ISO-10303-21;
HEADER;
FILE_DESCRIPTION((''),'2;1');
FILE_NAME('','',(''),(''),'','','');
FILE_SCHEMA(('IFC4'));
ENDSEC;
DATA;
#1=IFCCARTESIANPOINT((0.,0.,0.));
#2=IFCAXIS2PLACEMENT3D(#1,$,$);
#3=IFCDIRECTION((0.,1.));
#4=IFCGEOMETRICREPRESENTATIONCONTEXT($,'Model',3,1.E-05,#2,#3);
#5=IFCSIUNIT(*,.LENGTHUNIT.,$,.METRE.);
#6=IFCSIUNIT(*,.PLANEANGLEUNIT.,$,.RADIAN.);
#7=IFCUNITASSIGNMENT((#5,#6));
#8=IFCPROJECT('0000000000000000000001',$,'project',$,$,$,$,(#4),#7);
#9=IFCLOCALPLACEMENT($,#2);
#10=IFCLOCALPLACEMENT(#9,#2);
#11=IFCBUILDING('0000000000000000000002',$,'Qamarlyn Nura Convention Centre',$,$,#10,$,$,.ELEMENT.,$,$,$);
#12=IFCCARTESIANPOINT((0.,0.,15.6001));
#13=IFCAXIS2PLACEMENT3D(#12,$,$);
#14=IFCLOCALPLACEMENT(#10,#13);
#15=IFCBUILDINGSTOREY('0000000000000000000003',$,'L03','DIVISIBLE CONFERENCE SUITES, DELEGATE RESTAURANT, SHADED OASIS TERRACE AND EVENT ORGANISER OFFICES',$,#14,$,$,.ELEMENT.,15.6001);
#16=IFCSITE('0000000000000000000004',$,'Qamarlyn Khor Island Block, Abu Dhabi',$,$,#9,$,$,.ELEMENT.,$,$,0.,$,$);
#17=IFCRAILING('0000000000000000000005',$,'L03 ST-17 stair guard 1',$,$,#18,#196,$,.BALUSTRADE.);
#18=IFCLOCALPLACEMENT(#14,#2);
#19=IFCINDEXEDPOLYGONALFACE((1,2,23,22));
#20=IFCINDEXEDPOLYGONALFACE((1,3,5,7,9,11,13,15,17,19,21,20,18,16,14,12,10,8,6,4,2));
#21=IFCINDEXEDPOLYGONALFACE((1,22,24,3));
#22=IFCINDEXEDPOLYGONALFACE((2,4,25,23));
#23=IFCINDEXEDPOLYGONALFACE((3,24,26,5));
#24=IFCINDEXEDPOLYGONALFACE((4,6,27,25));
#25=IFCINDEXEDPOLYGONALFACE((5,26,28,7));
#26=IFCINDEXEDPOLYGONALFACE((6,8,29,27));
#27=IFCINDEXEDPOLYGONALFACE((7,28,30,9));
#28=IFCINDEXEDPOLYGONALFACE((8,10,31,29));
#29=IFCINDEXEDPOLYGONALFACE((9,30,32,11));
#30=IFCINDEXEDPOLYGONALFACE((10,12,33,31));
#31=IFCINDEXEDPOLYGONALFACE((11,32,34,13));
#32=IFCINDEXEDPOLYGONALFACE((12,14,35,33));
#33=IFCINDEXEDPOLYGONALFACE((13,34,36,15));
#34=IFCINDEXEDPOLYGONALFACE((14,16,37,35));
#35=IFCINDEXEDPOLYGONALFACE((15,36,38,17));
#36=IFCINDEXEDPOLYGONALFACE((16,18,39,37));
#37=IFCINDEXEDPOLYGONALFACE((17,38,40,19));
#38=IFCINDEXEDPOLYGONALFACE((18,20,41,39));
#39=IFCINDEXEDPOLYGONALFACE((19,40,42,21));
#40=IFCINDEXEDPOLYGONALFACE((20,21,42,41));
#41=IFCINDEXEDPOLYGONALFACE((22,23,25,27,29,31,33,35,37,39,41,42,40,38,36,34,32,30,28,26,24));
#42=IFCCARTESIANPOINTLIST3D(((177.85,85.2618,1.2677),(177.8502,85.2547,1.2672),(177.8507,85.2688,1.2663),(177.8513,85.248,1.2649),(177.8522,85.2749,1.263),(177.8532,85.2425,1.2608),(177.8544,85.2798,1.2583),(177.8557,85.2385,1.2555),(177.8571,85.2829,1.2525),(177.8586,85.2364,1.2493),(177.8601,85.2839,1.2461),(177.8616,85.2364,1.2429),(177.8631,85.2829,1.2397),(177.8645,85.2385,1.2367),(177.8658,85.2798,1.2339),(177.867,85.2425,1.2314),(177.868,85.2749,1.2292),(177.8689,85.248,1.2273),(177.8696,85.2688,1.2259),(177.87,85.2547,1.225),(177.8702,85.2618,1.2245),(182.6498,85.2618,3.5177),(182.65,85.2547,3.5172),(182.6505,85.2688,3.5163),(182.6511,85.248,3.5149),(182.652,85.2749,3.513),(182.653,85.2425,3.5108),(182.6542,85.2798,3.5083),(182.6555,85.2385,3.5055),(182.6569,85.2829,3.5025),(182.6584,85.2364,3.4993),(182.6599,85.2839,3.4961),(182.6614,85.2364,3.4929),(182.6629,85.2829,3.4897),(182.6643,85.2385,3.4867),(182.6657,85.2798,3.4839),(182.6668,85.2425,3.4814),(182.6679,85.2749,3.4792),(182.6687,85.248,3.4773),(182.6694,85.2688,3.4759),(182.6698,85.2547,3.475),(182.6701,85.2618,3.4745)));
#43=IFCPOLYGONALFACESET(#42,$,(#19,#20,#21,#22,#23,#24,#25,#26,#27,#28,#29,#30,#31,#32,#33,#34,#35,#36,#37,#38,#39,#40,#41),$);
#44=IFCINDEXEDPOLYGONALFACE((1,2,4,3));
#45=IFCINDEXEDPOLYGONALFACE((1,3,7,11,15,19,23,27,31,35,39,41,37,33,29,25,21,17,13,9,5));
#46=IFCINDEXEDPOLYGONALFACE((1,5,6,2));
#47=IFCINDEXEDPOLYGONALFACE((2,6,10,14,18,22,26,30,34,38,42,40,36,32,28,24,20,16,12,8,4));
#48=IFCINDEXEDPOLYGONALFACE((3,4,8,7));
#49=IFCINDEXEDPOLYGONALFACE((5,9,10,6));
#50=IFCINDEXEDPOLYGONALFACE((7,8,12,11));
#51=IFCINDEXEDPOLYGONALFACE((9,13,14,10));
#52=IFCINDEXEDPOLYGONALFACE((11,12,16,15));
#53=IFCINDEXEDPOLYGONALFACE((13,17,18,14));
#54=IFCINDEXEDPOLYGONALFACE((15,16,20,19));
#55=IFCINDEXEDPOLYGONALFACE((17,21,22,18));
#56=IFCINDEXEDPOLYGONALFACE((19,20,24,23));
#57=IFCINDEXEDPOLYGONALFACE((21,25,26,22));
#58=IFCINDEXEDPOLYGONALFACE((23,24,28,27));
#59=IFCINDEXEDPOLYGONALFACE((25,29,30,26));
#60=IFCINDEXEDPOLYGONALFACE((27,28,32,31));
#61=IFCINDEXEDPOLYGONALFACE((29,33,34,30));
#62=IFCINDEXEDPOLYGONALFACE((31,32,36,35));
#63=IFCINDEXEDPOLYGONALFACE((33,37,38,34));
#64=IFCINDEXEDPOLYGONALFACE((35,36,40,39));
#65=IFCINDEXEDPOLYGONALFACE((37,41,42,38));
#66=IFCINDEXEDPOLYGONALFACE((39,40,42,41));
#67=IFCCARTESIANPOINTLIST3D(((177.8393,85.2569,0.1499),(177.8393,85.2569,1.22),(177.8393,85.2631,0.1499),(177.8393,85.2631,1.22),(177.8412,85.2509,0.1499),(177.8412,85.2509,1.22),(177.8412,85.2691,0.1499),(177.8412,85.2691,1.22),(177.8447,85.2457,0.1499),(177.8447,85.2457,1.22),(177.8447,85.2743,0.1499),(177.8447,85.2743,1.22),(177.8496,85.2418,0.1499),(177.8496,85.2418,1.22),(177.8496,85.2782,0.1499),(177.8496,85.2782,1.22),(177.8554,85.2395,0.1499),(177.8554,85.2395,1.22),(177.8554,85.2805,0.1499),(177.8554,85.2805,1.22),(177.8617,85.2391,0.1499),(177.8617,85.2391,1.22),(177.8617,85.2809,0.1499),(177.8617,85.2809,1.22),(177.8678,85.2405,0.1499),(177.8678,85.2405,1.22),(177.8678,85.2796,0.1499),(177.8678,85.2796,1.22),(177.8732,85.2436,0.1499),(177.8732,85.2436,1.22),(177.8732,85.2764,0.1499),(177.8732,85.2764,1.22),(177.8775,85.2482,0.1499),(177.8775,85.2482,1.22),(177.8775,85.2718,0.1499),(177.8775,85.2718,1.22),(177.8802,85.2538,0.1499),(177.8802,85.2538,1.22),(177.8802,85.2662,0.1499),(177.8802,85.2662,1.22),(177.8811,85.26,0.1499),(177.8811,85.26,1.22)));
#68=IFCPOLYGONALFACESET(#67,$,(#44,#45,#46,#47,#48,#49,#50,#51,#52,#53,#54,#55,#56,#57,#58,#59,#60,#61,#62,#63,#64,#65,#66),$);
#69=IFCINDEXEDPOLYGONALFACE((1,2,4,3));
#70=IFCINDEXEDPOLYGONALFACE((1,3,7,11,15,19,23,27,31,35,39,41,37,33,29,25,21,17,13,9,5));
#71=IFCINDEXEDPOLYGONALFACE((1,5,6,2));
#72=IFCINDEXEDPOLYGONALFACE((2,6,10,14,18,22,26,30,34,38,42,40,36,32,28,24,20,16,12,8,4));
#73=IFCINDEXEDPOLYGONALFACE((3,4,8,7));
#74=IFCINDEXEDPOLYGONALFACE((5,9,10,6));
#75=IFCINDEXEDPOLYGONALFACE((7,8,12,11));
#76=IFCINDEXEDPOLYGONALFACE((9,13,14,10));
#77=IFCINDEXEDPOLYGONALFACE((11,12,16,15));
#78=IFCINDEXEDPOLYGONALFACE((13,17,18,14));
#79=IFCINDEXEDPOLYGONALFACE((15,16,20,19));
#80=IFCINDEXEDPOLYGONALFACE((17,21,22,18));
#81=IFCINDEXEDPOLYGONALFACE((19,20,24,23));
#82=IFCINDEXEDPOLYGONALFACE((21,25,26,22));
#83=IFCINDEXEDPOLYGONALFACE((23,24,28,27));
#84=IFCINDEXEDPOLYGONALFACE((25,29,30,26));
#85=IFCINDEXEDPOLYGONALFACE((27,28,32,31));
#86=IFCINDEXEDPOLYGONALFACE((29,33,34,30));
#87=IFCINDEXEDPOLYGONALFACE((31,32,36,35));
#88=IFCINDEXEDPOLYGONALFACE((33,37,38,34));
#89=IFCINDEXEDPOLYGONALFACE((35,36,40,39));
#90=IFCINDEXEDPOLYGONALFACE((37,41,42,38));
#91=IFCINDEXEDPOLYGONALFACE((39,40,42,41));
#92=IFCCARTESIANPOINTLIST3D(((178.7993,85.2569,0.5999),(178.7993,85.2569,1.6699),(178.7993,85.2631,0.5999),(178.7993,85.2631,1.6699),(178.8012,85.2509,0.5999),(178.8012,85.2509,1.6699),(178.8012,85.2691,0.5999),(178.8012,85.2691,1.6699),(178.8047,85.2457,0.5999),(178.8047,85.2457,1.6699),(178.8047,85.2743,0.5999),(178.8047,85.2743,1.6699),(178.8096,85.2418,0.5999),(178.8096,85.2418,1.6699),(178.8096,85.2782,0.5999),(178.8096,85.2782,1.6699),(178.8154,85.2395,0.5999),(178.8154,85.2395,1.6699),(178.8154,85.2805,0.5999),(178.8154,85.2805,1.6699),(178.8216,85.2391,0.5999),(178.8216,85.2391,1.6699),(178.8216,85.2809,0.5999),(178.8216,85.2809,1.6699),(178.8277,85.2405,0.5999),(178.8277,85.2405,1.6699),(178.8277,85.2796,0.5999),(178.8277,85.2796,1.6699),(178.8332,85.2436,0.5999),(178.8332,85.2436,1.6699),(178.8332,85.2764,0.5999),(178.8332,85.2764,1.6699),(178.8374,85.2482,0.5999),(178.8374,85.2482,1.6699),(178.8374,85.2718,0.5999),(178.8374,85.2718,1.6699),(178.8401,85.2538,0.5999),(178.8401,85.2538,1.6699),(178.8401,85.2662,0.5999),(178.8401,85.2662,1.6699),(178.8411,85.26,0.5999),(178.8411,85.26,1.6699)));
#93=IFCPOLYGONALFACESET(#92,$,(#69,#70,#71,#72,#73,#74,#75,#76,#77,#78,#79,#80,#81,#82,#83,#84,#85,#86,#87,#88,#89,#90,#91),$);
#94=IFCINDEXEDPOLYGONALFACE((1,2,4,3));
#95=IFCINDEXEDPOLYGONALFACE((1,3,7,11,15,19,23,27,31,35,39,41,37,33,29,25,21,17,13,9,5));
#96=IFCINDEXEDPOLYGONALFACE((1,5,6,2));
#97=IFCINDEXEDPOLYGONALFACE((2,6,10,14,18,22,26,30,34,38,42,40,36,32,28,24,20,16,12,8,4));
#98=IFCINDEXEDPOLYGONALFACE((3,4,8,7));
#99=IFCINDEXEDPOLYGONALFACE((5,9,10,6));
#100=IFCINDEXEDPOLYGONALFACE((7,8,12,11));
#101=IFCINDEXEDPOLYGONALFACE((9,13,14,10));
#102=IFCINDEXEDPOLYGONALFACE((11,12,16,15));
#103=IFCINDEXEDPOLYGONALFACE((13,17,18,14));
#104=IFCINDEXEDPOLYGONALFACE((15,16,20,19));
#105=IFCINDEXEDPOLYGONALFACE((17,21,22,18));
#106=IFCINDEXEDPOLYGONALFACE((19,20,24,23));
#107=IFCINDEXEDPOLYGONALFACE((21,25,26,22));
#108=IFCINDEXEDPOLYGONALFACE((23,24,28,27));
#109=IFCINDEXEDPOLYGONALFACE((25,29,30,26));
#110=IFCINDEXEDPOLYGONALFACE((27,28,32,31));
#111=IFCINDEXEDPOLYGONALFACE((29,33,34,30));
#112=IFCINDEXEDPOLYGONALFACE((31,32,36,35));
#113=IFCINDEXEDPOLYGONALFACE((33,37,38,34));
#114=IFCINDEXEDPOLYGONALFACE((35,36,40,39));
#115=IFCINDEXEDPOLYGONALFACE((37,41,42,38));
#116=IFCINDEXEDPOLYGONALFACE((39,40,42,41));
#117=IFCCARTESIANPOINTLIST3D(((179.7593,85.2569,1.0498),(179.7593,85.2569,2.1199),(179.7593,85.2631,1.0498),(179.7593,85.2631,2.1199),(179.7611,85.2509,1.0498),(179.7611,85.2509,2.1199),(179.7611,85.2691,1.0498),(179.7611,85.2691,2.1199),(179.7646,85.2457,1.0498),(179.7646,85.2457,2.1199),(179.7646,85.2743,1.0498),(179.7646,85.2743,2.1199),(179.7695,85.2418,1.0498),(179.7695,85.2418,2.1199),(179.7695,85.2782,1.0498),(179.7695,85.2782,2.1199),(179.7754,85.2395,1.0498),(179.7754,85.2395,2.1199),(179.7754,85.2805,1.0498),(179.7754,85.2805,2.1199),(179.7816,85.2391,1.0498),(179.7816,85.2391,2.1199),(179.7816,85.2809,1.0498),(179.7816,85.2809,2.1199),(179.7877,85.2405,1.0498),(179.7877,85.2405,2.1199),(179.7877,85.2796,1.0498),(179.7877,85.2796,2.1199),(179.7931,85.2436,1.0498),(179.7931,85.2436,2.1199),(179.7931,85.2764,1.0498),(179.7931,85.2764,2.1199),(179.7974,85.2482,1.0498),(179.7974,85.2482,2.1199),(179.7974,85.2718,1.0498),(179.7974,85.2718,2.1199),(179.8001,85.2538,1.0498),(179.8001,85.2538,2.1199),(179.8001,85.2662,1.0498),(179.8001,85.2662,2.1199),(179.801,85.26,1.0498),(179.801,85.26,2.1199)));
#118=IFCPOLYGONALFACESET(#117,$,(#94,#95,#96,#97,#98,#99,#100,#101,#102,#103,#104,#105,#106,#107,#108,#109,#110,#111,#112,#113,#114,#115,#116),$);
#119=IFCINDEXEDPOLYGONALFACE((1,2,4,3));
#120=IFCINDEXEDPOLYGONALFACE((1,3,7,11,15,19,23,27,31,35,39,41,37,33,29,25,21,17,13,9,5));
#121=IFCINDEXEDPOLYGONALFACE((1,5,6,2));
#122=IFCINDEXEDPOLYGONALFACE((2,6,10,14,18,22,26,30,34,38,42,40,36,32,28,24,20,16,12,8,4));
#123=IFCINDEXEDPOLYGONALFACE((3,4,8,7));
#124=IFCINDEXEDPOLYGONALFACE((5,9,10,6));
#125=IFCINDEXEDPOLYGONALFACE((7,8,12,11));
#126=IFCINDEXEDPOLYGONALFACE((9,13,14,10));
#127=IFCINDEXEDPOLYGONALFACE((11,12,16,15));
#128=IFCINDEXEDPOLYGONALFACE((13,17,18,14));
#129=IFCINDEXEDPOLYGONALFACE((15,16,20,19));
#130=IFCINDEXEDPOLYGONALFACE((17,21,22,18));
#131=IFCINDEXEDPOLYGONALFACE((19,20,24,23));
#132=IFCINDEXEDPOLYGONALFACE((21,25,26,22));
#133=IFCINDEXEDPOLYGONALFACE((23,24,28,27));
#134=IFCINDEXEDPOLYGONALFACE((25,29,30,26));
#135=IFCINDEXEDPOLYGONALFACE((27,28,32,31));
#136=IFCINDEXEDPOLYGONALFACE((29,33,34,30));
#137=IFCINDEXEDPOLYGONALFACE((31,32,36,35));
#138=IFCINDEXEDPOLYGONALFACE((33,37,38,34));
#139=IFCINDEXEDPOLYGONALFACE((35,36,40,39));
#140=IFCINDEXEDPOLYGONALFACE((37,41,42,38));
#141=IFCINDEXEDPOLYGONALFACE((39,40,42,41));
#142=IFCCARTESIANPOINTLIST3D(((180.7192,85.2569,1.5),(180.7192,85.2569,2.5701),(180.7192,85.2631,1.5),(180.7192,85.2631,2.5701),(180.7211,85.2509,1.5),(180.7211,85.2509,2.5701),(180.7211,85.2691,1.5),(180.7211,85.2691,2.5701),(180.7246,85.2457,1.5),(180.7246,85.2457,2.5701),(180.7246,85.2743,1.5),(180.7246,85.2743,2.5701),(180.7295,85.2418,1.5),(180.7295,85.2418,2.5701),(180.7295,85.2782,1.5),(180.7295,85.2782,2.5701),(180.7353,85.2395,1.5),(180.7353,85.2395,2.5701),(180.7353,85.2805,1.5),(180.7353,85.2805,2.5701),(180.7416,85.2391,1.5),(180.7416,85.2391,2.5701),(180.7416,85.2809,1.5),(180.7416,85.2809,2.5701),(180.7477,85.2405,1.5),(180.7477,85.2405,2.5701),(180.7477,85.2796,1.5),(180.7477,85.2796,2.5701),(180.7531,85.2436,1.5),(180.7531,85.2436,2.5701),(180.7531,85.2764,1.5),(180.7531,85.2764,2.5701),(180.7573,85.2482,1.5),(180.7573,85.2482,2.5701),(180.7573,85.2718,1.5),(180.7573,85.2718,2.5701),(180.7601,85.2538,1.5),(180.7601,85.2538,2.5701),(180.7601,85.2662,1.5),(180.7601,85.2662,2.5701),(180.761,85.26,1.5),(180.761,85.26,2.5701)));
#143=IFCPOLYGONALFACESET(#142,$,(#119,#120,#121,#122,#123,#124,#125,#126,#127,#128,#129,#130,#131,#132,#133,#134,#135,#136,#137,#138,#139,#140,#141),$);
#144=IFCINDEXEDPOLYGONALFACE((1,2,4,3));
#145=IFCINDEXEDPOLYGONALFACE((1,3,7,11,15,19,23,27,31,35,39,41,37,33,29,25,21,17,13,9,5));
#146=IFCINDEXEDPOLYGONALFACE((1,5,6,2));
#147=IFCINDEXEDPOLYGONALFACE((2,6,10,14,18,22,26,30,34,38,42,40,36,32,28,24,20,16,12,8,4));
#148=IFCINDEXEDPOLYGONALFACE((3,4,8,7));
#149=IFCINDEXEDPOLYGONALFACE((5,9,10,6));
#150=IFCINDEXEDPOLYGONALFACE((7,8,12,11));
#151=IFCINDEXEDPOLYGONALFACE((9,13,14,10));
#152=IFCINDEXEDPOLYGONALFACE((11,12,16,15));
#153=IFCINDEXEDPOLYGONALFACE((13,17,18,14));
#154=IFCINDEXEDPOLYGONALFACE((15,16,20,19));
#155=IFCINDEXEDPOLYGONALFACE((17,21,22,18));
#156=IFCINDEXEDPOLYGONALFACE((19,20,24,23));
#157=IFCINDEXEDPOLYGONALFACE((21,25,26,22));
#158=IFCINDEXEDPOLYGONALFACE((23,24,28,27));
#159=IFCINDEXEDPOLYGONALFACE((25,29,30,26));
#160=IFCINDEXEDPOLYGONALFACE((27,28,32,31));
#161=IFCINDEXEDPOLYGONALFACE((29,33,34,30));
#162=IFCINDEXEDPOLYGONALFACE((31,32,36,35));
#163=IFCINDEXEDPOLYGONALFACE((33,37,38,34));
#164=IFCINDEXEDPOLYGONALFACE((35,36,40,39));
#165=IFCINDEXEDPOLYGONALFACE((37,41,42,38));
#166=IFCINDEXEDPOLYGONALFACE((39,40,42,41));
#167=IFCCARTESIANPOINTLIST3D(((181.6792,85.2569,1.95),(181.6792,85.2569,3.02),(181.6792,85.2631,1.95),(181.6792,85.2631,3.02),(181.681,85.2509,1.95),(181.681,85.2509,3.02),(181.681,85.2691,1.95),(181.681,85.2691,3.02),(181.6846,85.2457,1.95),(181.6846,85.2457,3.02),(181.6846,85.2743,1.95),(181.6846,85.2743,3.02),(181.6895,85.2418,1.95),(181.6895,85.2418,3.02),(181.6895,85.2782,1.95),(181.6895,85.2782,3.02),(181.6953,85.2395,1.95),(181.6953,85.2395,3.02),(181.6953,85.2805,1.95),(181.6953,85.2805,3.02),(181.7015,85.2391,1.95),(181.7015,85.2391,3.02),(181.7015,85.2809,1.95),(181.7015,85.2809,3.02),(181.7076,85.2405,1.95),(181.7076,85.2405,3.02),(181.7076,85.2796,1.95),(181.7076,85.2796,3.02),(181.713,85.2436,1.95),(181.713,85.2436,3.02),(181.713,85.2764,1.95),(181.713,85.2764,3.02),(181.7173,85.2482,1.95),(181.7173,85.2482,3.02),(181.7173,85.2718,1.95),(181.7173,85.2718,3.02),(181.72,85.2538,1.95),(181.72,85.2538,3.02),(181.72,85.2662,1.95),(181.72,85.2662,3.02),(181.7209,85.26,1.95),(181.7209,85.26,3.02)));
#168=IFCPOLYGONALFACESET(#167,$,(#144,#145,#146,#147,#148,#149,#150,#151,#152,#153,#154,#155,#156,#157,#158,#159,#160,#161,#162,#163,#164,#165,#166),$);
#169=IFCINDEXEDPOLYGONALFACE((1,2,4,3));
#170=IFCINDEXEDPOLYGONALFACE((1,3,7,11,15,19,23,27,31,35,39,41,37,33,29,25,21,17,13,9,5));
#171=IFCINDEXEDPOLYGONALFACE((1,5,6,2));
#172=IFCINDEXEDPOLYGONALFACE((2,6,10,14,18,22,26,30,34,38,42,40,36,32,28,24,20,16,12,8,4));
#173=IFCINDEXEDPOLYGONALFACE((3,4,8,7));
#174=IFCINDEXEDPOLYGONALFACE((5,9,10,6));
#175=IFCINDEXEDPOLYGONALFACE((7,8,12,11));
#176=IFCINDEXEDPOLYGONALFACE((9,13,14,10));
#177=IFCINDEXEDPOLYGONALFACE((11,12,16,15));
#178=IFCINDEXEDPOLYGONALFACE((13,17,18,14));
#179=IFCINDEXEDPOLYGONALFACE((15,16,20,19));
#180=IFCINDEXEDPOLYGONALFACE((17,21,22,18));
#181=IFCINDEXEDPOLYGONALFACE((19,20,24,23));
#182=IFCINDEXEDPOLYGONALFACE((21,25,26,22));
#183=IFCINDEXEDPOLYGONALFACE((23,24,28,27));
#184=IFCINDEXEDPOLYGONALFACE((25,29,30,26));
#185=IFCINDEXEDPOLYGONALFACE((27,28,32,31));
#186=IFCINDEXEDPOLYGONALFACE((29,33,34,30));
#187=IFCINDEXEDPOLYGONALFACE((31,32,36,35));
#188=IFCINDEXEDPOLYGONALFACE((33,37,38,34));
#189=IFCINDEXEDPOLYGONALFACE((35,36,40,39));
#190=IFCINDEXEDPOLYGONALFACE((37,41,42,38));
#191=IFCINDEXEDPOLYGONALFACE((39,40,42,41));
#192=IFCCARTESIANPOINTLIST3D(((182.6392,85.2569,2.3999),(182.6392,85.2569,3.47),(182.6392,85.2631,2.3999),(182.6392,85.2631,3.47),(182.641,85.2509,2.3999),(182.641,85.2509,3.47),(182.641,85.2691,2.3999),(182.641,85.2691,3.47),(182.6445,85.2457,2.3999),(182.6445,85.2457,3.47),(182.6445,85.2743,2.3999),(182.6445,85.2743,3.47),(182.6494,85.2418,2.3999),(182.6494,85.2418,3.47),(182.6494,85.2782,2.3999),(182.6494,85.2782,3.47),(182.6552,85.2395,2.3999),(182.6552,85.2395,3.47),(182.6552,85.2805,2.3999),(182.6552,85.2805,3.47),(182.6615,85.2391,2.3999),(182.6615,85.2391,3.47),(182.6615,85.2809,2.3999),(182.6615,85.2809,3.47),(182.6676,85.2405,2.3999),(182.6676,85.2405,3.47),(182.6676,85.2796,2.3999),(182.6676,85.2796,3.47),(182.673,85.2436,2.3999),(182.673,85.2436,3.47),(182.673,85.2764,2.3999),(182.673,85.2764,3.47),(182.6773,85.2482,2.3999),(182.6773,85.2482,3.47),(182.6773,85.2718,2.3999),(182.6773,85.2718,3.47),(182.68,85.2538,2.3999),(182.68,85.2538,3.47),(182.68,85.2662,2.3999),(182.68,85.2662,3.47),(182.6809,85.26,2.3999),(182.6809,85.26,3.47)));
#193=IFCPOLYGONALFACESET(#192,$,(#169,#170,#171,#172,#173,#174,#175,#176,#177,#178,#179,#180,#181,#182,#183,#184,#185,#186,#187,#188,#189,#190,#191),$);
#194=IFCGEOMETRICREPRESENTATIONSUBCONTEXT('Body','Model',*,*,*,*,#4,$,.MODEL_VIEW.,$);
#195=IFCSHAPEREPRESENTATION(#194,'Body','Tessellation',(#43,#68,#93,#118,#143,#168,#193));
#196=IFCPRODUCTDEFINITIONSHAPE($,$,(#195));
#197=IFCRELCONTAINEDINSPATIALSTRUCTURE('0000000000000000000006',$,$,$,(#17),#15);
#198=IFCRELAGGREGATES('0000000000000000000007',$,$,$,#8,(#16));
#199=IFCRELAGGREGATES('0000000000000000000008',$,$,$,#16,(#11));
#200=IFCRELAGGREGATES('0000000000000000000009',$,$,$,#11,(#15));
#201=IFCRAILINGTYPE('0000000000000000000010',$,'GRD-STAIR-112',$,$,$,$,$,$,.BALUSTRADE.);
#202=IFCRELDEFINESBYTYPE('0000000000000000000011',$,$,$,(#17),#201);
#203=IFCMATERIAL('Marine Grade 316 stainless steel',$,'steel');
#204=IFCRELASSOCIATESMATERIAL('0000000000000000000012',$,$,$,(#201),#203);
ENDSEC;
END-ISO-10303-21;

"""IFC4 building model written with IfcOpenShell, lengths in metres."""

from ifc_helpers import new_model, si_unit, direction, frame, origin, origin_2d, place, context, subcontext, project, spatial, circle, extrude, material, type_object, element, save


model = new_model("IFC4")

# Units and contexts
model_context = context("Model", 3, precision=1e-05, world=origin(), true_north=direction((0.0, 1.0)))
body_context = subcontext(model_context, "Body", "Model", "MODEL_VIEW")
ifc_project = project(units=[si_unit("LENGTHUNIT", "METRE"), si_unit("PLANEANGLEUNIT", "RADIAN")], contexts=[model_context])

# Site, building, storey
site_placement = place(None, origin())
site = spatial("IfcSite", under=ifc_project, at=site_placement, Name="Qamarlyn Khor Island Block, Abu Dhabi", CompositionType="ELEMENT", RefElevation=0.0)
building_placement = place(site_placement, origin())
building = spatial("IfcBuilding", under=site, at=building_placement, Name="Qamarlyn Nura Convention Centre", CompositionType="ELEMENT")
storey_placement = place(building_placement, frame((0.0, 0.0, 15.6001)))
storey = spatial("IfcBuildingStorey", under=building, at=storey_placement, Name="L03", Description="DIVISIBLE CONFERENCE SUITES, DELEGATE RESTAURANT, SHADED OASIS TERRACE AND EVENT ORGANISER OFFICES", CompositionType="ELEMENT", Elevation=15.6001)

# Railing
ifc_material_1 = material(Name="Marine Grade 316 stainless steel", Category="steel")
railing_type_1 = type_object("IfcRailingType", Name="GRD-STAIR-112", PredefinedType="BALUSTRADE", material=ifc_material_1)
railing_1_placement = place(storey_placement, frame((177.8601, 85.26, 0.1499)))
element("IfcRailing", 1, at=railing_1_placement, inside=storey, type_object=railing_type_1, Name="L03 ST-17 stair guard 1", PredefinedType="BALUSTRADE", context=body_context, shape_type="SweptSolid", body=[
    extrude(circle(Radius=0.0239, at=origin_2d()), frame((0.0, 0.0, 1.0962), z_axis=(0.905452, 0.0, 0.424448), x_axis=(0.0, 1.0, 0.0)), (0.0, 0.0, 1.0), 5.301),
    extrude(circle(Radius=0.021, at=origin_2d()), origin(), (0.0, 0.0, 1.0), 1.0701),
    extrude(circle(Radius=0.021, at=origin_2d()), frame((0.96, 0.0, 0.45)), (0.0, 0.0, 1.0), 1.0701),
    extrude(circle(Radius=0.021, at=origin_2d()), frame((1.9199, 0.0, 0.8999)), (0.0, 0.0, 1.0), 1.0701),
    extrude(circle(Radius=0.021, at=origin_2d()), frame((2.8799, 0.0, 1.3501)), (0.0, 0.0, 1.0), 1.0701),
    extrude(circle(Radius=0.021, at=origin_2d()), frame((3.8398, 0.0, 1.8)), (0.0, 0.0, 1.0), 1.0701),
    extrude(circle(Radius=0.021, at=origin_2d()), frame((4.7998, 0.0, 2.25)), (0.0, 0.0, 1.0), 1.0701),
])

save(model, "model.ifc")
